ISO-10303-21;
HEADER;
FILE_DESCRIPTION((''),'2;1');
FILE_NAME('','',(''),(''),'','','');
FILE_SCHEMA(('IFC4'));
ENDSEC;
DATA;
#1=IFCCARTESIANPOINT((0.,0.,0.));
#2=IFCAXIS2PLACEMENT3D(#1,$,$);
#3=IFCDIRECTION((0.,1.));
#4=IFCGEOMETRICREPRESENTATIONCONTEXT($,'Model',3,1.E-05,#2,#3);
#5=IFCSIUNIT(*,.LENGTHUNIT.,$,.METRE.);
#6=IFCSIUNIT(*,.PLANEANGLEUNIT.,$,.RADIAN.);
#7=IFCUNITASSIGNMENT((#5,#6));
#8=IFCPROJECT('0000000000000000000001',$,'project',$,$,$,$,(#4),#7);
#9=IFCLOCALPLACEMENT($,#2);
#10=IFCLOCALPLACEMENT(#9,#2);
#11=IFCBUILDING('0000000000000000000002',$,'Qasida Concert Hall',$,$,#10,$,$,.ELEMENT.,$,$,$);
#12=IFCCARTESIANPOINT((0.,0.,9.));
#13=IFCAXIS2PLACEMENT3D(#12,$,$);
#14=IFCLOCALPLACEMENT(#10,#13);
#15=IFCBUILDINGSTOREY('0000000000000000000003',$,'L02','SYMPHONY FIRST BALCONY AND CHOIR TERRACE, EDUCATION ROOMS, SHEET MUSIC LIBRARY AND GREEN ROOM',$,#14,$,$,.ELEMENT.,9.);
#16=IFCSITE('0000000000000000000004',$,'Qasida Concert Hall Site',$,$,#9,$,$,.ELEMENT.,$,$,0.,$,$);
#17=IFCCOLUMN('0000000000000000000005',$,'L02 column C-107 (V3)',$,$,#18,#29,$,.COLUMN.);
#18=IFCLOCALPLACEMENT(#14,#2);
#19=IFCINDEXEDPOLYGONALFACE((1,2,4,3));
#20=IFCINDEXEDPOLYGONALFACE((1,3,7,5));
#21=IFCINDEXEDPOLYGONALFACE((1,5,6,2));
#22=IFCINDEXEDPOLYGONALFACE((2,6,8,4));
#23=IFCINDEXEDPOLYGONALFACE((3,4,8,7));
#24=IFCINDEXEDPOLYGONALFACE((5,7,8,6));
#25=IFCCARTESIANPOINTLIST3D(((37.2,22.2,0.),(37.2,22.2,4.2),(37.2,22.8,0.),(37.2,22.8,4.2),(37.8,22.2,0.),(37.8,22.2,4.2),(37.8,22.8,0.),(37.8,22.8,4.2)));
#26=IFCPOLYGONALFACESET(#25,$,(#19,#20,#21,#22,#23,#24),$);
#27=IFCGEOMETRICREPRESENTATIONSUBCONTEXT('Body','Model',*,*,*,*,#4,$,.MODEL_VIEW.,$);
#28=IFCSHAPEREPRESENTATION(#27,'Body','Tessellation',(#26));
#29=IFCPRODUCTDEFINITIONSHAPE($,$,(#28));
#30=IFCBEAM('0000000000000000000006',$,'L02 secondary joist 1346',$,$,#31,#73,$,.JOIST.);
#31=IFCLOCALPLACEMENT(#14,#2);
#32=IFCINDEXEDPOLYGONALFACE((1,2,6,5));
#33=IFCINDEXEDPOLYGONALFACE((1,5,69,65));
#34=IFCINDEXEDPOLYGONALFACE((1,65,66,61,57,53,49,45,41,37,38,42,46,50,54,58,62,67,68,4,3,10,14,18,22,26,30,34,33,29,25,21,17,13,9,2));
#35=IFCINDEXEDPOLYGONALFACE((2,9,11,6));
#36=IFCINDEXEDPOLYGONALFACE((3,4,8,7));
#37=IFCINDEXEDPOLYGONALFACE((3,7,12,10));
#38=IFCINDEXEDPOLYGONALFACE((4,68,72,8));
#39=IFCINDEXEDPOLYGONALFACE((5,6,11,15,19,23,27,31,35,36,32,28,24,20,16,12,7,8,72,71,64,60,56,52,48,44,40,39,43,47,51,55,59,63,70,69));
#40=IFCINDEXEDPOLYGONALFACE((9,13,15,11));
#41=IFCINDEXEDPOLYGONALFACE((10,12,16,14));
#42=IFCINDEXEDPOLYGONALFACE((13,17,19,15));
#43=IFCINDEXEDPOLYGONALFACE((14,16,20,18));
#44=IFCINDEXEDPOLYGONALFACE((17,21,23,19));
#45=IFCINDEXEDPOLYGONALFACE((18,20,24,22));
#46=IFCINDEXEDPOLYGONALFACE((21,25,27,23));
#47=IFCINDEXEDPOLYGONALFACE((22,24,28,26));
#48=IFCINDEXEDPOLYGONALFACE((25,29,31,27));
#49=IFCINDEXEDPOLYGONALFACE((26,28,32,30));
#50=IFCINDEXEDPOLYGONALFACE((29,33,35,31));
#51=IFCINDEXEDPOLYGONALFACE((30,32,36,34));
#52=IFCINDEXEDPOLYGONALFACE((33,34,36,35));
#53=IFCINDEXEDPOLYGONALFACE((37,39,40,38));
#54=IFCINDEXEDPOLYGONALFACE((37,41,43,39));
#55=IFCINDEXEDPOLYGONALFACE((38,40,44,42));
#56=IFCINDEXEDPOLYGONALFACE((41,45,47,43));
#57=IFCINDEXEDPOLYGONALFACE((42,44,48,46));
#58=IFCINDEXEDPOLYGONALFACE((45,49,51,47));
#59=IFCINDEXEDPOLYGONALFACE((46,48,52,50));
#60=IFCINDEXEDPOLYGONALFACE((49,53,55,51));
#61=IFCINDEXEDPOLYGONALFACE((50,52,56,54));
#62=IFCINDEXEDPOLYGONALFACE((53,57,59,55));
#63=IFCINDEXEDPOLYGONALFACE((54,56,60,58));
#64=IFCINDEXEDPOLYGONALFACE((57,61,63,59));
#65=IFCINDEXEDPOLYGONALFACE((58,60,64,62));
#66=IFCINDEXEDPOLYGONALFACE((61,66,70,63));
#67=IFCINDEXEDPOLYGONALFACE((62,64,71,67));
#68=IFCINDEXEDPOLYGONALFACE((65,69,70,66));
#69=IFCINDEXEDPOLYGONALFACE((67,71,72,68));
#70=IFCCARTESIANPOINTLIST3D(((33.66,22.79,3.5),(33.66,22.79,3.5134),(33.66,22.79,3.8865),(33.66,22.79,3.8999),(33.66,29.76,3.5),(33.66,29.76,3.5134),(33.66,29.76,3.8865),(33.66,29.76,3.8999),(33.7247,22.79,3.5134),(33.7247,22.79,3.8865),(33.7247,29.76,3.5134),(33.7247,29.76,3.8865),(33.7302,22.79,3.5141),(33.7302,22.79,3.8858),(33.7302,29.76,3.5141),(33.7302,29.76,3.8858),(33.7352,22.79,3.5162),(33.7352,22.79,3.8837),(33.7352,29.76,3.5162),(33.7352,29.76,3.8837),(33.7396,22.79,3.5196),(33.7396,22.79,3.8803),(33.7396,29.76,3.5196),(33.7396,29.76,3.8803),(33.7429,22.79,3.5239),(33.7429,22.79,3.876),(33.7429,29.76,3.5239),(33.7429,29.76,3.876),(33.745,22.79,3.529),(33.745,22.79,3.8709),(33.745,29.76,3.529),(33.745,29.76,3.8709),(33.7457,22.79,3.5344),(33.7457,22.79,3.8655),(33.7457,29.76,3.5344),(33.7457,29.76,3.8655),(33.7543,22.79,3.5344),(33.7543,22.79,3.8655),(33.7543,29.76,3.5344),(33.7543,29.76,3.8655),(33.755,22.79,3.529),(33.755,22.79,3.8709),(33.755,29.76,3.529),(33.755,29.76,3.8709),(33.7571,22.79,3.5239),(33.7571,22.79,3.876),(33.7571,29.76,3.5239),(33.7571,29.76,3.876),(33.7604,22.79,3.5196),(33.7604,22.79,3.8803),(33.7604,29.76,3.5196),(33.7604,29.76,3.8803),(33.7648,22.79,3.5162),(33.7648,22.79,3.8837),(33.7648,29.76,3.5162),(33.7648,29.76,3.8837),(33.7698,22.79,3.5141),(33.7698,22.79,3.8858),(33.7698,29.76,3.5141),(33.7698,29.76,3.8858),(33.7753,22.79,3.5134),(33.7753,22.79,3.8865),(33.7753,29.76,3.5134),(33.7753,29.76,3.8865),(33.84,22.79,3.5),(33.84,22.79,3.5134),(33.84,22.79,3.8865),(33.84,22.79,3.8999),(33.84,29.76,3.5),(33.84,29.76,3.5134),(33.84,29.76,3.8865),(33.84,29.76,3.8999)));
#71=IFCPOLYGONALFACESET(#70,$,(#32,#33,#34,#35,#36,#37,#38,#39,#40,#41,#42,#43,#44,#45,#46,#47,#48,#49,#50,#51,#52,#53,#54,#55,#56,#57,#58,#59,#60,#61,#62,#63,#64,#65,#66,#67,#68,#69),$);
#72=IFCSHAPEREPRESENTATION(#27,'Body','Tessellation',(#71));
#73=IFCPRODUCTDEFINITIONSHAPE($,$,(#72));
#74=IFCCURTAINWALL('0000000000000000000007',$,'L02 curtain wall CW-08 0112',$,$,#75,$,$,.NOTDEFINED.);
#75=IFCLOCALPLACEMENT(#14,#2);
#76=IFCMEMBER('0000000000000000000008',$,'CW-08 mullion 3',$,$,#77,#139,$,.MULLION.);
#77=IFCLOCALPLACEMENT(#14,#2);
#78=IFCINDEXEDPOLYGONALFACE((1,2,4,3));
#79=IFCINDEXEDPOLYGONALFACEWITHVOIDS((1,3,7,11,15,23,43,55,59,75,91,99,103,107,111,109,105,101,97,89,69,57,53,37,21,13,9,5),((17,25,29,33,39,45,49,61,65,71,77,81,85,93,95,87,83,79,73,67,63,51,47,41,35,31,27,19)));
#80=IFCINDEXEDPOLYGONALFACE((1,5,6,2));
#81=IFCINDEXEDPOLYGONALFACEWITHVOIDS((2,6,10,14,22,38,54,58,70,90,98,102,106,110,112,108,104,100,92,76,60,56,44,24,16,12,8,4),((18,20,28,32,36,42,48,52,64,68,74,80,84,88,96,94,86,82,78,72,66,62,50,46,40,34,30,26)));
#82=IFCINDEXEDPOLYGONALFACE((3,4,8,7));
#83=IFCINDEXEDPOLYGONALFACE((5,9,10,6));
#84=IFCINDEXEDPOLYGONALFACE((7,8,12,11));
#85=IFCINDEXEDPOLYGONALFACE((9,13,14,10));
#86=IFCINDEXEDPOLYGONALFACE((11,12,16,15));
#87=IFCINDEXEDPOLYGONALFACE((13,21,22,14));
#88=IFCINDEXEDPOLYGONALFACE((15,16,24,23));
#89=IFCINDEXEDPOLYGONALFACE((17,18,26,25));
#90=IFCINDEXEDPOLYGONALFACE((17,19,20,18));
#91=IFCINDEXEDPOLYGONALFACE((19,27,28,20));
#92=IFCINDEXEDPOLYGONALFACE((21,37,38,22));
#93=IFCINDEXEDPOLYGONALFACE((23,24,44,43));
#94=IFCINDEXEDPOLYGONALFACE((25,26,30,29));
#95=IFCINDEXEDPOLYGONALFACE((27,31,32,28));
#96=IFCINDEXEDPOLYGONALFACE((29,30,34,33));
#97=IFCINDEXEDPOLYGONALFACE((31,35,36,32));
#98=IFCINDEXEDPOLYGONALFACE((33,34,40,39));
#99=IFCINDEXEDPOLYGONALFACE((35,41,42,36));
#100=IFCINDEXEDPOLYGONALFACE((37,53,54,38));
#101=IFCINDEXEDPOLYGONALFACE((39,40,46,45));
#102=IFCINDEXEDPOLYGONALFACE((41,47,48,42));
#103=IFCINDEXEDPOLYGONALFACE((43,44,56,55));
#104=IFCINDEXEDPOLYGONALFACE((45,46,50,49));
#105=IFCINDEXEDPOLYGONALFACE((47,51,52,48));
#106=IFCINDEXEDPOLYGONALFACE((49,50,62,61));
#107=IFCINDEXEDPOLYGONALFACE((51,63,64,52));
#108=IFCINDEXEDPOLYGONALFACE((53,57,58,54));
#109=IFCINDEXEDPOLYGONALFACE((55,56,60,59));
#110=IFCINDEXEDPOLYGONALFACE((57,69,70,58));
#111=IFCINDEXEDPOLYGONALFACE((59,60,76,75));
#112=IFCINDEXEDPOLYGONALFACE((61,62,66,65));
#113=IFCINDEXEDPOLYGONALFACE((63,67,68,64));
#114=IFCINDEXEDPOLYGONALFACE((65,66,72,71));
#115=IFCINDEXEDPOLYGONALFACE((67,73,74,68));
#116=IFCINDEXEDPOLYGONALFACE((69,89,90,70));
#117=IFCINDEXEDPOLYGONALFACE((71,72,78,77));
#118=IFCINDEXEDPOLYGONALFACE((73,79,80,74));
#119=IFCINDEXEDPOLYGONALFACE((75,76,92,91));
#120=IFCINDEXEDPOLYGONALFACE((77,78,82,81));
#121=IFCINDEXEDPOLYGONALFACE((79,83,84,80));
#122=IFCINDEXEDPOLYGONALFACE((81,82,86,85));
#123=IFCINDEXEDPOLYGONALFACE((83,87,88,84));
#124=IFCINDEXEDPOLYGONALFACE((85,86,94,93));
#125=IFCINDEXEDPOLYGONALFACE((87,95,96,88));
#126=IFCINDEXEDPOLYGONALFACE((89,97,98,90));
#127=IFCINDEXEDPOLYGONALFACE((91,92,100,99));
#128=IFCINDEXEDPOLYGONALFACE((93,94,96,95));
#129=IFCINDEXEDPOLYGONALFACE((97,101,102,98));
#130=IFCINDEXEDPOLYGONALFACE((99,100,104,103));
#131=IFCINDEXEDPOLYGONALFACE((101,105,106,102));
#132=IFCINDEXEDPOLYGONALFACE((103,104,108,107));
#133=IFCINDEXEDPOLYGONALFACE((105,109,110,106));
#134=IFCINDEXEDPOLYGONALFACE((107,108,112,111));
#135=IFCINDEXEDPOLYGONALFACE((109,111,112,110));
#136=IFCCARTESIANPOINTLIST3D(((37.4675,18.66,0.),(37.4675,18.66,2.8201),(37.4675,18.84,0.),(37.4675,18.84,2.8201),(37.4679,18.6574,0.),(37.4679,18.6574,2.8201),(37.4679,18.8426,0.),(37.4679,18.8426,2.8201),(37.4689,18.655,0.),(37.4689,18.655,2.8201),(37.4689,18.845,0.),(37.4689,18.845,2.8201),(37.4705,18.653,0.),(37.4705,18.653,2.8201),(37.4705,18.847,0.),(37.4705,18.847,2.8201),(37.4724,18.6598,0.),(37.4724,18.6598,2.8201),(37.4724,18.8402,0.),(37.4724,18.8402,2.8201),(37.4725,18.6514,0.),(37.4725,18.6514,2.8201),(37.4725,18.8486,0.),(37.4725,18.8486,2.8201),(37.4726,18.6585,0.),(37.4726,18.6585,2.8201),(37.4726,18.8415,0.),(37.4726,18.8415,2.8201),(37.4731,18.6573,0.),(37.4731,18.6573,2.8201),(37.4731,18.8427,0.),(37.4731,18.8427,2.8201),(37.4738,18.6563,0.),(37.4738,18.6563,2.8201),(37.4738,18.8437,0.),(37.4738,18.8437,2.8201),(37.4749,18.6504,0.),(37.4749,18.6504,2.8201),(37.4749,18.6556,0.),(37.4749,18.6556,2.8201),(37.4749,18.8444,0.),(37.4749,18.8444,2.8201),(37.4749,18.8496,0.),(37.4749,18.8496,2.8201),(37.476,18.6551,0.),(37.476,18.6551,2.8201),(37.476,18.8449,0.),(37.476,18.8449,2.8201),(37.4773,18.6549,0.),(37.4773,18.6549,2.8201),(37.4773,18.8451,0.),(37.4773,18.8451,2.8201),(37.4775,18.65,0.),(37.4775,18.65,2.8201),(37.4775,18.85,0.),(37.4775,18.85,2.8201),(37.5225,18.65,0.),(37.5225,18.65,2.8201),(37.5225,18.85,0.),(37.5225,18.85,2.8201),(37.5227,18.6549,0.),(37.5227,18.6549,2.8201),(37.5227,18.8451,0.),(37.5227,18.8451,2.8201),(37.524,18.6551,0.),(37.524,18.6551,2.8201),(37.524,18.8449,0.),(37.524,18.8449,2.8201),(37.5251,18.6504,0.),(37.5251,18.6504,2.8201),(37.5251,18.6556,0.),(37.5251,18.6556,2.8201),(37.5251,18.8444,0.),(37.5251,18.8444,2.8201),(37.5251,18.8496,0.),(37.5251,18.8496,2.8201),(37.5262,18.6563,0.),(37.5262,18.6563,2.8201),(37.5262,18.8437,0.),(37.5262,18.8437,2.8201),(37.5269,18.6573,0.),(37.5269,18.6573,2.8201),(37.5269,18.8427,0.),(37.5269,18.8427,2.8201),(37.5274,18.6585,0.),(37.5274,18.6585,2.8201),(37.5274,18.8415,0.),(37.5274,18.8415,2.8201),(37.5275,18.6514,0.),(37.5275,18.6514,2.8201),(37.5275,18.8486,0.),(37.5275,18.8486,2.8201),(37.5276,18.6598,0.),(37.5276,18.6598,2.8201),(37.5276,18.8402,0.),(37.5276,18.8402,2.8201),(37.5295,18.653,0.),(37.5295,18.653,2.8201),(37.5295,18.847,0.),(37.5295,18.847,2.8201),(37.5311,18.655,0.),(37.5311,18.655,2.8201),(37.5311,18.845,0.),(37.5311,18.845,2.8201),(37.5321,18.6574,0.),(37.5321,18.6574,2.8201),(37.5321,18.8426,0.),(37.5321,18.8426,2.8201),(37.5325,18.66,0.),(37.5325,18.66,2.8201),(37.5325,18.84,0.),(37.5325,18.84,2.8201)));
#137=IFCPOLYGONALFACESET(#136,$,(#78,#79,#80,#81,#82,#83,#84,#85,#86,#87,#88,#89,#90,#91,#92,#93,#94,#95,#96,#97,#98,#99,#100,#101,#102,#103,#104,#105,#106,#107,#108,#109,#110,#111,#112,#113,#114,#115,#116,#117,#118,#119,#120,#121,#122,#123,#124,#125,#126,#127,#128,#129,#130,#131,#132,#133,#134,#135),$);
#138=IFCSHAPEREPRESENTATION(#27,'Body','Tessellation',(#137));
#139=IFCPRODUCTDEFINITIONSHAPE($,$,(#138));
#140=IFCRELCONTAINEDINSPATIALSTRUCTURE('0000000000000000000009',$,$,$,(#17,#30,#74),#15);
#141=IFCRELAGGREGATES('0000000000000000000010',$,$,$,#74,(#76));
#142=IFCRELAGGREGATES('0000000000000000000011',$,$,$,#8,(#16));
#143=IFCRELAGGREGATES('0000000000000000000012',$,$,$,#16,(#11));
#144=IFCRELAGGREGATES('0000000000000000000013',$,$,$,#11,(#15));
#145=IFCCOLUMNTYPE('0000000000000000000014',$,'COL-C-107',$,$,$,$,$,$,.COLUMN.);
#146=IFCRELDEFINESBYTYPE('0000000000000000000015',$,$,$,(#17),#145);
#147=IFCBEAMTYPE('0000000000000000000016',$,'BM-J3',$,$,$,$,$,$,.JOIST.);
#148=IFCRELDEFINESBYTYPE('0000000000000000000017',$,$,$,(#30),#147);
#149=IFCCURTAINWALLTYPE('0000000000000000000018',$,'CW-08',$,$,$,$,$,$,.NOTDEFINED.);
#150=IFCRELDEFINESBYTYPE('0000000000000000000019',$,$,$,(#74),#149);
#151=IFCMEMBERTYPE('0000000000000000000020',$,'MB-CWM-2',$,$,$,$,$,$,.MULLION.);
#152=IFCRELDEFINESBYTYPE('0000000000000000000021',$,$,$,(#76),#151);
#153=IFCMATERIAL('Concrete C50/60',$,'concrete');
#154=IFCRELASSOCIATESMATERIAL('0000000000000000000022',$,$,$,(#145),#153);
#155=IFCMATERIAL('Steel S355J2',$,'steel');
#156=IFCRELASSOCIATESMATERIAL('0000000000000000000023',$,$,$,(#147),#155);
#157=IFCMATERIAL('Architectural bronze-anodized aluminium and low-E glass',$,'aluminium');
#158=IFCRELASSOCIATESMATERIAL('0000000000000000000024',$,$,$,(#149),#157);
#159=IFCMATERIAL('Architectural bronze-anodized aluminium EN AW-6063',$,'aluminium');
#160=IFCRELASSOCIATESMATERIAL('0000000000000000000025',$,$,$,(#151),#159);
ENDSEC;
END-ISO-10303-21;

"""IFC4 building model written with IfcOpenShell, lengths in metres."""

from ifc_helpers import new_model, si_unit, direction, frame, origin, origin_2d, place, context, subcontext, project, spatial, rectangle, hollow_rectangle, i_section, extrude, material, material_profile, profile_set, type_object, element, aggregate, save


model = new_model("IFC4")

# Units and contexts
model_context = context("Model", 3, precision=1e-05, world=origin(), true_north=direction((0.0, 1.0)))
body_context = subcontext(model_context, "Body", "Model", "MODEL_VIEW")
ifc_project = project(units=[si_unit("LENGTHUNIT", "METRE"), si_unit("PLANEANGLEUNIT", "RADIAN")], contexts=[model_context])

# Site, building, storey
site_placement = place(None, origin())
site = spatial("IfcSite", under=ifc_project, at=site_placement, Name="Qasida Concert Hall Site", CompositionType="ELEMENT", RefElevation=0.0)
building_placement = place(site_placement, origin())
building = spatial("IfcBuilding", under=site, at=building_placement, Name="Qasida Concert Hall", CompositionType="ELEMENT")
storey_placement = place(building_placement, frame((0.0, 0.0, 9.0)))
storey = spatial("IfcBuildingStorey", under=building, at=storey_placement, Name="L02", Description="SYMPHONY FIRST BALCONY AND CHOIR TERRACE, EDUCATION ROOMS, SHEET MUSIC LIBRARY AND GREEN ROOM", CompositionType="ELEMENT", Elevation=9.0)

# Column
ifc_material_1 = material(Name="Concrete C50/60", Category="concrete")
ifc_material_profile_1 = material_profile(ifc_material_1, rectangle(XDim=0.6001, YDim=0.6001, at=origin_2d()), Name="RC 600x600")
ifc_profile_set_1 = profile_set([ifc_material_profile_1], Name="Concrete C50/60")
column_type = type_object("IfcColumnType", Name="COL-C-107", PredefinedType="COLUMN", material=ifc_profile_set_1)
column_placement = place(storey_placement, frame((37.5, 22.5, 0.0), z_axis=(0.0, 0.0, 1.0), x_axis=(1.0, 0.0, 0.0)))
element("IfcColumn", 1, at=column_placement, inside=storey, type_object=column_type, Name="L02 column C-107 (V3)", PredefinedType="COLUMN", context=body_context, shape_type="SweptSolid", body=[
    extrude(rectangle(XDim=0.6001, YDim=0.6001, at=origin_2d()), origin(), (0.0, 0.0, 1.0), 4.2),
])

# Beam
ifc_material_2 = material(Name="Steel S355J2", Category="steel")
ifc_material_profile_2 = material_profile(ifc_material_2, i_section(OverallWidth=0.1799, OverallDepth=0.3999, WebThickness=0.0085, FlangeThickness=0.0134, FilletRadius=0.021, at=origin_2d()), Name="IPE 400")
ifc_profile_set_2 = profile_set([ifc_material_profile_2], Name="Steel S355J2")
beam_type = type_object("IfcBeamType", Name="BM-J3", PredefinedType="JOIST", material=ifc_profile_set_2)
beam_placement = place(storey_placement, frame((33.75, 22.79, 3.7), z_axis=(0.0, 1.0, 0.0), x_axis=(-1.0, 0.0, 0.0)))
element("IfcBeam", 2, at=beam_placement, inside=storey, type_object=beam_type, Name="L02 secondary joist 1346", PredefinedType="JOIST", context=body_context, shape_type="SweptSolid", body=[
    extrude(i_section(OverallWidth=0.1799, OverallDepth=0.3999, WebThickness=0.0085, FlangeThickness=0.0134, FilletRadius=0.021, at=origin_2d()), origin(), (0.0, 0.0, 1.0), 6.97),
])

# Curtain wall, member
ifc_material_3 = material(Name="Architectural bronze-anodized aluminium and low-E glass", Category="aluminium")
curtain_wall_type = type_object("IfcCurtainWallType", Name="CW-08", PredefinedType="NOTDEFINED", material=ifc_material_3)
curtain_wall_placement = place(storey_placement, origin())
curtain_wall = element("IfcCurtainWall", 3, at=curtain_wall_placement, inside=storey, type_object=curtain_wall_type, Name="L02 curtain wall CW-08 0112", PredefinedType="NOTDEFINED")
ifc_material_4 = material(Name="Architectural bronze-anodized aluminium EN AW-6063", Category="aluminium")
ifc_material_profile_3 = material_profile(ifc_material_4, hollow_rectangle(XDim=0.0649, YDim=0.2, WallThickness=0.0049, InnerFilletRadius=0.0049, OuterFilletRadius=0.01, at=origin_2d()), Name="CWM 200x65x5")
ifc_profile_set_3 = profile_set([ifc_material_profile_3], Name="Architectural bronze-anodized aluminium EN AW-6063")
member_type_1 = type_object("IfcMemberType", Name="MB-CWM-2", PredefinedType="MULLION", material=ifc_profile_set_3)
member_1_placement = place(storey_placement, frame((37.5, 18.75, 0.0), z_axis=(0.0, 0.0, 1.0), x_axis=(-1.0, 0.0, 0.0)))
member_1 = element("IfcMember", 4, at=member_1_placement, type_object=member_type_1, Name="CW-08 mullion 3", PredefinedType="MULLION", context=body_context, shape_type="SweptSolid", body=[
    extrude(hollow_rectangle(XDim=0.0649, YDim=0.2, WallThickness=0.0049, InnerFilletRadius=0.0049, OuterFilletRadius=0.01, at=origin_2d()), origin(), (0.0, 0.0, 1.0), 2.8201),
])
aggregate(curtain_wall, [member_1])

save(model, "model.ifc")
